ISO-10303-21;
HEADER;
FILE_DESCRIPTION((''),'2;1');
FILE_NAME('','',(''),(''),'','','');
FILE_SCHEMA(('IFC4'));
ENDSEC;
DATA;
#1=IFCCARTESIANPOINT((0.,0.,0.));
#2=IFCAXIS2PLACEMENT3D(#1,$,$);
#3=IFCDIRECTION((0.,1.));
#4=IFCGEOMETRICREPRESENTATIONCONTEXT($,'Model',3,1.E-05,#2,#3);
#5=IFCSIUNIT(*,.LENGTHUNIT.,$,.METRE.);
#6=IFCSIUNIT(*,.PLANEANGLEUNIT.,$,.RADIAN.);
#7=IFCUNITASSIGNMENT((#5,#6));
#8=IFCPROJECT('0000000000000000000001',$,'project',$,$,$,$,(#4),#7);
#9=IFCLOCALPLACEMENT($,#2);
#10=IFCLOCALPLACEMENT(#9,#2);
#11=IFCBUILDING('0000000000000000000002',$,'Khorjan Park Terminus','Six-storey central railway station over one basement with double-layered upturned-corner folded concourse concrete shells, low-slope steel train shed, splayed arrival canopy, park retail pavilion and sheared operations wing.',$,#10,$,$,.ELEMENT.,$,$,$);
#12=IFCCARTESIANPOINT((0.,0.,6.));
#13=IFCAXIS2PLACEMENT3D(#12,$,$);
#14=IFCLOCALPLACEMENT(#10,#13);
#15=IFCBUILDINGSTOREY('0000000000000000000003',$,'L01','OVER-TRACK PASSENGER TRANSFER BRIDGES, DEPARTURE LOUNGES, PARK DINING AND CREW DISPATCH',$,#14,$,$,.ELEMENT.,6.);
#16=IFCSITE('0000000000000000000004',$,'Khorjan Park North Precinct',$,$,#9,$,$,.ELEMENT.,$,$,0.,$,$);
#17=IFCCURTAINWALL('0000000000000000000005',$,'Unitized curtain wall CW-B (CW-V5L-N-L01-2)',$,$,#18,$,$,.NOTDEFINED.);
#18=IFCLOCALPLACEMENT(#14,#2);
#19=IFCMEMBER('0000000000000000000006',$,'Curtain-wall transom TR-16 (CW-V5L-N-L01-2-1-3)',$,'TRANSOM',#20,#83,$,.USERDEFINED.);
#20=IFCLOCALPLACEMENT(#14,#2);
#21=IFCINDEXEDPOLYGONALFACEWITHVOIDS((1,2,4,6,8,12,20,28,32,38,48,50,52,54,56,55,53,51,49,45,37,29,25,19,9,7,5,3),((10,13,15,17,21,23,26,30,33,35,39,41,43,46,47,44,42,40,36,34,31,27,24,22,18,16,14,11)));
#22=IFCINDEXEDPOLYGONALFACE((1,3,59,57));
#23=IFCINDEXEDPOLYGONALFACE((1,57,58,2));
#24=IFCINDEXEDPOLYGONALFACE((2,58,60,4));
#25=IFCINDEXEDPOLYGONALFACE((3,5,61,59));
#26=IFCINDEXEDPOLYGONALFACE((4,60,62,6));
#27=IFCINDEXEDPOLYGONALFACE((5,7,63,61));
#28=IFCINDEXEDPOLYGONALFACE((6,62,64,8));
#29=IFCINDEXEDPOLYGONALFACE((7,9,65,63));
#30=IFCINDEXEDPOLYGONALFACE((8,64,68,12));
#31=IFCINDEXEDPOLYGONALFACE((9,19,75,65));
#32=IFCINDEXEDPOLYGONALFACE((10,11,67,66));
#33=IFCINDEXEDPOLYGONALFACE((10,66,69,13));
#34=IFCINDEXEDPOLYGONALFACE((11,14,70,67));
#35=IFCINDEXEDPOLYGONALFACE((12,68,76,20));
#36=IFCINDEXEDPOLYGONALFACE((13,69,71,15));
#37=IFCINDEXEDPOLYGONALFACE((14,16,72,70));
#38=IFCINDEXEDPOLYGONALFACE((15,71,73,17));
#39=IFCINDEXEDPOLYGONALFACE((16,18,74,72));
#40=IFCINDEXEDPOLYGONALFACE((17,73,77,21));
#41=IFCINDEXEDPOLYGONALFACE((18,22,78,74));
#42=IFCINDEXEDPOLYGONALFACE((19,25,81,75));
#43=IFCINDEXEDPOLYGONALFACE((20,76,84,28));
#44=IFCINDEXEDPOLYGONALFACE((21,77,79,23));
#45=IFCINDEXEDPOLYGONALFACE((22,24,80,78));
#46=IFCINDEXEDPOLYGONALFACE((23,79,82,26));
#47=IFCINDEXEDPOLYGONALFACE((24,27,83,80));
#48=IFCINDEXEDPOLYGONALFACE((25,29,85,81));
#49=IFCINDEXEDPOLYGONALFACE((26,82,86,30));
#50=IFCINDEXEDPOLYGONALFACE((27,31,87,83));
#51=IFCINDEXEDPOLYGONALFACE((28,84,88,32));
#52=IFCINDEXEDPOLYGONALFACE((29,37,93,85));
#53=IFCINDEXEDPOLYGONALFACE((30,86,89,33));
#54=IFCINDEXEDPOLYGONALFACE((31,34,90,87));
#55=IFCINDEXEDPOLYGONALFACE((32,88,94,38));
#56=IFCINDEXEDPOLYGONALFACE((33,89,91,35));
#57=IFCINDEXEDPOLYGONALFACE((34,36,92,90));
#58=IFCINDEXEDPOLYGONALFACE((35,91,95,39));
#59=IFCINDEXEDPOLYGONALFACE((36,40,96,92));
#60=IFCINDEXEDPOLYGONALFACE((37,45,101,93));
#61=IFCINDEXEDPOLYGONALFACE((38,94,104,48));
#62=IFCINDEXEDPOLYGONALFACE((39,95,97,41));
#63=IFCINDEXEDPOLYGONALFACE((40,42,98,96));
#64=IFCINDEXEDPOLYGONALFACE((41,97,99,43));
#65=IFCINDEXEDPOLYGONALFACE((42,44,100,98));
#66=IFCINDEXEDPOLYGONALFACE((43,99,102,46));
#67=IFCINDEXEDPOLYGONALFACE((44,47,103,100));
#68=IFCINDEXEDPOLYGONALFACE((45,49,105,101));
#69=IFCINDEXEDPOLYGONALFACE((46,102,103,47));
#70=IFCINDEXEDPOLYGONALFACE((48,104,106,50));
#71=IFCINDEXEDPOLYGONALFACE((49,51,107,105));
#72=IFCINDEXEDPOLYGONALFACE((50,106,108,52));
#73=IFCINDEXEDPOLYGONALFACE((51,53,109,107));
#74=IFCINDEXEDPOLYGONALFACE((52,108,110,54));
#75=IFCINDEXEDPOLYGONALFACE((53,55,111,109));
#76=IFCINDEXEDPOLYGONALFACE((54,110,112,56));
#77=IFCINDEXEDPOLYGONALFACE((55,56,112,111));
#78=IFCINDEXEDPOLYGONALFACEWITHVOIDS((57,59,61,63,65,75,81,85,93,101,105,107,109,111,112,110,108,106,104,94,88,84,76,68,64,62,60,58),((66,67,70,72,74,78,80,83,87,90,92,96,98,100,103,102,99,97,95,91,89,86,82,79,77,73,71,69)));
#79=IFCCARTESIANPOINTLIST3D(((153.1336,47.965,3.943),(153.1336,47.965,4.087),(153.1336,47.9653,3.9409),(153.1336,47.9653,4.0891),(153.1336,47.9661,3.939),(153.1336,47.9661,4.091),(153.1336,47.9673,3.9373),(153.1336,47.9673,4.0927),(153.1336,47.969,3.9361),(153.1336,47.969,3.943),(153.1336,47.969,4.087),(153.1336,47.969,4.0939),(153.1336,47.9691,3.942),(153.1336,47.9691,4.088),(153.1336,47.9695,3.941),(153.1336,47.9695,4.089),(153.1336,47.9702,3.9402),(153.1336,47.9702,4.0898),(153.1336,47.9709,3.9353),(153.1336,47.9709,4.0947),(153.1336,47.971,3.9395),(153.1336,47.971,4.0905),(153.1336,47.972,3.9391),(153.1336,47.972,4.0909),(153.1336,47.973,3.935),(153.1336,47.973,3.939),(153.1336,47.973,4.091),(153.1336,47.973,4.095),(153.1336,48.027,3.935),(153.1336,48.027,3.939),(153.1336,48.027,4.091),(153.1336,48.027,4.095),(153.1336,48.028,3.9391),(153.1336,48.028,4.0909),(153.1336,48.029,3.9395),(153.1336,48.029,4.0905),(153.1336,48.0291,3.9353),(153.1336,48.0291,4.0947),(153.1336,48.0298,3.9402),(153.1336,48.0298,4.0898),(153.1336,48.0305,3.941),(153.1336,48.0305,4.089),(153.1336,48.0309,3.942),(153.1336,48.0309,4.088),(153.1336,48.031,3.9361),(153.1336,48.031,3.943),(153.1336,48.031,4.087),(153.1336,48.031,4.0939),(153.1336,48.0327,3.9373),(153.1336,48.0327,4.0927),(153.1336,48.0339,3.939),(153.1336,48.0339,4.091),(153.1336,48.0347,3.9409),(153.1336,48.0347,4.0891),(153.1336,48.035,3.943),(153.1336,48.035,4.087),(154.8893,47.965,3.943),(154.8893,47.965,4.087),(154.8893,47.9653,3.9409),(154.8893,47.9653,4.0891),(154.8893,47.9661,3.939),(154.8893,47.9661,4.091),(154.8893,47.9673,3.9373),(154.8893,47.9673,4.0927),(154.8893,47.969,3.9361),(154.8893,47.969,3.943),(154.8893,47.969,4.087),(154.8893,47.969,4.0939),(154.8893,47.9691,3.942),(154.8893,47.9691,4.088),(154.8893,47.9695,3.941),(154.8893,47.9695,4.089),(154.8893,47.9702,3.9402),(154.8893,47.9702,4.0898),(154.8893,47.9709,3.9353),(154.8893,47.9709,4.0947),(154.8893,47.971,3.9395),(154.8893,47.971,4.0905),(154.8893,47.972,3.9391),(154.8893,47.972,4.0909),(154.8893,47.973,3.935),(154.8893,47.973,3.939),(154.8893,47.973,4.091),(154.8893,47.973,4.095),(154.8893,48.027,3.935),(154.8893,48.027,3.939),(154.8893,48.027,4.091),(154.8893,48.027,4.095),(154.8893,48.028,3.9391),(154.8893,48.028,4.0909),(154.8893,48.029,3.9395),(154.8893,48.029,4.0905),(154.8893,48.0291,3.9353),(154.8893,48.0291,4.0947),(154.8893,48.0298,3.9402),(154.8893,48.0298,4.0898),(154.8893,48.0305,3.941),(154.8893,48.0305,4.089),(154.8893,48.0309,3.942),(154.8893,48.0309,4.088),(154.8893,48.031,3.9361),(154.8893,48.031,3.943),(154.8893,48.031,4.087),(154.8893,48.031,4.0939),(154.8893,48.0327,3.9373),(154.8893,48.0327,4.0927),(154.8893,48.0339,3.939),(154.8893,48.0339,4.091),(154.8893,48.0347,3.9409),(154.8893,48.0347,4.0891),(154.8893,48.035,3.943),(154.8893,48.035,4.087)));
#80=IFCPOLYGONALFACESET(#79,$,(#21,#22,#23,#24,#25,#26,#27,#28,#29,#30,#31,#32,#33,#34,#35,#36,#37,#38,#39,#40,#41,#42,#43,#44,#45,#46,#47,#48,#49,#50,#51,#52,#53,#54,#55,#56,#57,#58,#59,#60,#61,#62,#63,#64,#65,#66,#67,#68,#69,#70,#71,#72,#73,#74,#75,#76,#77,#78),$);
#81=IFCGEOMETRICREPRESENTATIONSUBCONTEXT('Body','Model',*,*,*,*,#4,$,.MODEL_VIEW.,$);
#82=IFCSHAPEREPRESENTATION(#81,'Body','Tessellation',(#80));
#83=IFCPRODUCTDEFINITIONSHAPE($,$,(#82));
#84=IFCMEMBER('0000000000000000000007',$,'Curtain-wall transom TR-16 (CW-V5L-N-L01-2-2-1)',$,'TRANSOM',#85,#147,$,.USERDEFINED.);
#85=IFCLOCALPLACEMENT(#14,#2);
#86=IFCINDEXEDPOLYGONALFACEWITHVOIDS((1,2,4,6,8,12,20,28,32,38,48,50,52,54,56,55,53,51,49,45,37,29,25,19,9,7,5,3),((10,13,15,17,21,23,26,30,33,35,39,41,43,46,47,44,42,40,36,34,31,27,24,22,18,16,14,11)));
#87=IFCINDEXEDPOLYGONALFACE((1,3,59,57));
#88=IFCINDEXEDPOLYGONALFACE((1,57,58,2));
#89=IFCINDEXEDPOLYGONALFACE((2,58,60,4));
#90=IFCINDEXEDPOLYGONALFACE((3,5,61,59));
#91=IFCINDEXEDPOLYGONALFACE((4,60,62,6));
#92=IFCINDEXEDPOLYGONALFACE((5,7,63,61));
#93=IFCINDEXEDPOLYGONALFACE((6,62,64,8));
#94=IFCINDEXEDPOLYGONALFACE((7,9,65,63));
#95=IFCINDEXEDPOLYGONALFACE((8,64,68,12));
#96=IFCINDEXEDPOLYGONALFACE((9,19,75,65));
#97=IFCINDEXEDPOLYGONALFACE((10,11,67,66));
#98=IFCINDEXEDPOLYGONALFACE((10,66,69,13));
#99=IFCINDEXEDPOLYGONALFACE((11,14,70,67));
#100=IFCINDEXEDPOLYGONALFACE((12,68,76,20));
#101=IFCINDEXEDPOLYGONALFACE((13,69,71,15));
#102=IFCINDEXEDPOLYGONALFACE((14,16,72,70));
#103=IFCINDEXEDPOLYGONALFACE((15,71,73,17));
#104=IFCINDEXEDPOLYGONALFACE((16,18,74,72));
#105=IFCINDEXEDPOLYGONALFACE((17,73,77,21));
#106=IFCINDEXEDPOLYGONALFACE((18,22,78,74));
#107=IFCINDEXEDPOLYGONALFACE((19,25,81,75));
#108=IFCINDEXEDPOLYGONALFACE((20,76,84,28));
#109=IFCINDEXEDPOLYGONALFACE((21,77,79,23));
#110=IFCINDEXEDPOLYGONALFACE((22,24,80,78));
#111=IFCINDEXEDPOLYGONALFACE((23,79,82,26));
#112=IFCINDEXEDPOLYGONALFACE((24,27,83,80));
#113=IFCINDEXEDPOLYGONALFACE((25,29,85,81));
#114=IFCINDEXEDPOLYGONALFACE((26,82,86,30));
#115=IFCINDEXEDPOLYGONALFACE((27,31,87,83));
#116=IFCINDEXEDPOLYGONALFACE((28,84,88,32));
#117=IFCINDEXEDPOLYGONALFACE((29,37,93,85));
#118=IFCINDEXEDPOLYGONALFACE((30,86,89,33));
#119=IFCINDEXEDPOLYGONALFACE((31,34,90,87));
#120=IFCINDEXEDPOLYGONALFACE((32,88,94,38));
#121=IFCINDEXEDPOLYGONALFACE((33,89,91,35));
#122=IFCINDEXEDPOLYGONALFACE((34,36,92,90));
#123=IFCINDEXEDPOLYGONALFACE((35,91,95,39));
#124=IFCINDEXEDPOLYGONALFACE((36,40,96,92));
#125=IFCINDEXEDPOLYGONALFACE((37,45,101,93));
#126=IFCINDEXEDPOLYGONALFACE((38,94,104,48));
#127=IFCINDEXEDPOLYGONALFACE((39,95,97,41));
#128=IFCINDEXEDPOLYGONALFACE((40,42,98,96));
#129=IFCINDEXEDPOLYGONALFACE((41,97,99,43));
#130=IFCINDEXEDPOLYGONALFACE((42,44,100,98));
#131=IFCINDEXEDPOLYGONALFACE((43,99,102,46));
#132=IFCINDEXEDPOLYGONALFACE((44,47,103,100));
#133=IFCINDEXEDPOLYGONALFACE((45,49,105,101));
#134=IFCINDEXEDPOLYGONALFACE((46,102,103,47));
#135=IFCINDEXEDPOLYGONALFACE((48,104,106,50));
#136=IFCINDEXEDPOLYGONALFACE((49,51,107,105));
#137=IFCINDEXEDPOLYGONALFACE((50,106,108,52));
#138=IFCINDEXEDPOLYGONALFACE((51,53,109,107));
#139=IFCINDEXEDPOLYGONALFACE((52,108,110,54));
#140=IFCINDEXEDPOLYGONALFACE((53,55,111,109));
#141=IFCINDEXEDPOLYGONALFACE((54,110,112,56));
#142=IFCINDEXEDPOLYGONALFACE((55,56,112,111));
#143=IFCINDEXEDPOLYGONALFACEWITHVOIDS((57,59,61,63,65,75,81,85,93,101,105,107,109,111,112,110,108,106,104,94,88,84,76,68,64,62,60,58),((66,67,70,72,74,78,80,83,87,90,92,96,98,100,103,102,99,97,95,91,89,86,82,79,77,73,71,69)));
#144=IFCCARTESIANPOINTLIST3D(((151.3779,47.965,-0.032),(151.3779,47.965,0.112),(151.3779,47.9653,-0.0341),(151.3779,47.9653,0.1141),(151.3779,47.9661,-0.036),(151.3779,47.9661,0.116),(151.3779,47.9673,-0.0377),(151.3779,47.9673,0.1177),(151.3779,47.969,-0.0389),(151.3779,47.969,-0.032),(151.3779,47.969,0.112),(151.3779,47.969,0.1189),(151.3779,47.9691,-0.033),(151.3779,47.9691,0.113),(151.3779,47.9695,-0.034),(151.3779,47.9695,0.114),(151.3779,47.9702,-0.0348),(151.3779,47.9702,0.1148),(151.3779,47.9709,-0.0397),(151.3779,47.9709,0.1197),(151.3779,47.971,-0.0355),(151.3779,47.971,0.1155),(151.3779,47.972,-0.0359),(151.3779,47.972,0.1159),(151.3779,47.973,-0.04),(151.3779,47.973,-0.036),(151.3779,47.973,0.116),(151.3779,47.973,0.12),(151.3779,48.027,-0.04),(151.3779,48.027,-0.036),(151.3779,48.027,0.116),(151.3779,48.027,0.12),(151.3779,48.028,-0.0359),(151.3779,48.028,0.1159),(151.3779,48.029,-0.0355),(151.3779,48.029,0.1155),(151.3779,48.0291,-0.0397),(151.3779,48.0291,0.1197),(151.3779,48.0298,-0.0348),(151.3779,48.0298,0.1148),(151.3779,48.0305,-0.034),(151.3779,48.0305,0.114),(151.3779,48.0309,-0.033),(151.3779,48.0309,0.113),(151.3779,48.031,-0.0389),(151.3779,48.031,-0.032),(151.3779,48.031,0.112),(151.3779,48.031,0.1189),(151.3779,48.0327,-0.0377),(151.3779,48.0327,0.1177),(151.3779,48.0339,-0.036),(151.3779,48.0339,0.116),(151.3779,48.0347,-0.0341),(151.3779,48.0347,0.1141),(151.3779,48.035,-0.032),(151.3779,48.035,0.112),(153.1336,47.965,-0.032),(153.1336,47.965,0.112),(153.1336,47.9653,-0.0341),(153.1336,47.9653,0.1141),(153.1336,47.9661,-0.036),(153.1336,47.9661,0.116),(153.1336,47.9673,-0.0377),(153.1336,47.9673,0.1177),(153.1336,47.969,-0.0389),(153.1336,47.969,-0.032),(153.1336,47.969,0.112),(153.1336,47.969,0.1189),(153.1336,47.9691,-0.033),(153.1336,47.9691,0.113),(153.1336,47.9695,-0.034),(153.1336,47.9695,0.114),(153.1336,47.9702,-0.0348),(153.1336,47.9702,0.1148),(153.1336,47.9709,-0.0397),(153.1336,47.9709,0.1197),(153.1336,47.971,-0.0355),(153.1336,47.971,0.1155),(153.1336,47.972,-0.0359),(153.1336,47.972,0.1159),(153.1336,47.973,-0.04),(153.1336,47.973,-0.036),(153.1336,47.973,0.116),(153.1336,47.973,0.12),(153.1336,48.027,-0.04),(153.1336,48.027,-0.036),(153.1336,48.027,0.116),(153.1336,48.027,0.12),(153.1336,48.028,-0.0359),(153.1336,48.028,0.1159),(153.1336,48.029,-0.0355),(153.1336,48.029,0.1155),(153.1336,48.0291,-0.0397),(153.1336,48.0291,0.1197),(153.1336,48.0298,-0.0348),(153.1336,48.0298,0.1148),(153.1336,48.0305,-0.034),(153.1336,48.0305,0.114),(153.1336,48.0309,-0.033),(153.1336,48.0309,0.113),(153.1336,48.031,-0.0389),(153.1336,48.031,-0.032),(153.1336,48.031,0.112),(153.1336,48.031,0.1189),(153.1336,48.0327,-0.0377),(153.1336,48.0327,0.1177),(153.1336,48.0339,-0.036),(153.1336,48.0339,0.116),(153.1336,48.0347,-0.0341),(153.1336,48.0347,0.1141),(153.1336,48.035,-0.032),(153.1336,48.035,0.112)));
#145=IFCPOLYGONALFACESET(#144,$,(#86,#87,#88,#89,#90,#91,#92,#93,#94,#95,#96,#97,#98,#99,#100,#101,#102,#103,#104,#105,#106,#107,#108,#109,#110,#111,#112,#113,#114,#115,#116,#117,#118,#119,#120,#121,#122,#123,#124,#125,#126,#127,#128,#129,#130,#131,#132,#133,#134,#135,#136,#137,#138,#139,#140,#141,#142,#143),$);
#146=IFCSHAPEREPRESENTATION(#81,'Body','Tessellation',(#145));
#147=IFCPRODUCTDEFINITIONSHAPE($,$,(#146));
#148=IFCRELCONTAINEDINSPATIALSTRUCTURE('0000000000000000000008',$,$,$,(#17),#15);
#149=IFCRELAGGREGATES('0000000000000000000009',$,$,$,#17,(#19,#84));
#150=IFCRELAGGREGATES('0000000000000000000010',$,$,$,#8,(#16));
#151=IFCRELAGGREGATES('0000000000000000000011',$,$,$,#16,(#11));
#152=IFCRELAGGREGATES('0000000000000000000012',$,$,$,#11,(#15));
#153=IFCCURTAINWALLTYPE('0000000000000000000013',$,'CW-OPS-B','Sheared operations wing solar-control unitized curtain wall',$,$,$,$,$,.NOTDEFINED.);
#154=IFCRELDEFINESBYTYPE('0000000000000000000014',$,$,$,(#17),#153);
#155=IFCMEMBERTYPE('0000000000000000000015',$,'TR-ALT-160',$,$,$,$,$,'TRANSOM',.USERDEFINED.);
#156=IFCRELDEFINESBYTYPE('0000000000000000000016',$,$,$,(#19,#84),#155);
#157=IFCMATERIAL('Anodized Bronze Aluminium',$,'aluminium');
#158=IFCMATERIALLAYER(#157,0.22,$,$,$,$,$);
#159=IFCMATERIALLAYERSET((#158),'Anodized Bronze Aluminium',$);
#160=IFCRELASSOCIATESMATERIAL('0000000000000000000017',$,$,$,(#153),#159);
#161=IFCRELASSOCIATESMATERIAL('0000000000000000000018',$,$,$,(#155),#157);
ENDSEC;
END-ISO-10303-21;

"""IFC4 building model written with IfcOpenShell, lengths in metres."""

from ifc_helpers import new_model, si_unit, direction, frame, origin, origin_2d, place, context, subcontext, project, spatial, hollow_rectangle, extrude, material, layer, layer_set, material_profile, profile_set, type_object, element, aggregate, save


model = new_model("IFC4")

# Units and contexts
model_context = context("Model", 3, precision=1e-05, world=origin(), true_north=direction((0.0, 1.0)))
body_context = subcontext(model_context, "Body", "Model", "MODEL_VIEW")
ifc_project = project(units=[si_unit("LENGTHUNIT", "METRE"), si_unit("PLANEANGLEUNIT", "RADIAN")], contexts=[model_context])

# Site, building, storey
site_placement = place(None, origin())
site = spatial("IfcSite", under=ifc_project, at=site_placement, Name="Khorjan Park North Precinct", CompositionType="ELEMENT", RefElevation=0.0)
building_placement = place(site_placement, origin())
building = spatial("IfcBuilding", under=site, at=building_placement, Name="Khorjan Park Terminus", Description="Six-storey central railway station over one basement with double-layered upturned-corner folded concourse concrete shells, low-slope steel train shed, splayed arrival canopy, park retail pavilion and sheared operations wing.", CompositionType="ELEMENT")
storey_placement = place(building_placement, frame((0.0, 0.0, 6.0)))
storey = spatial("IfcBuildingStorey", under=building, at=storey_placement, Name="L01", Description="OVER-TRACK PASSENGER TRANSFER BRIDGES, DEPARTURE LOUNGES, PARK DINING AND CREW DISPATCH", CompositionType="ELEMENT", Elevation=6.0)

# Curtain wall, members
ifc_material_1 = material(Name="Anodized Bronze Aluminium", Category="aluminium")
ifc_layer_1 = layer(ifc_material_1, 0.22)
ifc_layer_set_1 = layer_set([ifc_layer_1], Name="Anodized Bronze Aluminium")
curtain_wall_type = type_object("IfcCurtainWallType", Name="CW-OPS-B", Description="Sheared operations wing solar-control unitized curtain wall", PredefinedType="NOTDEFINED", material=ifc_layer_set_1)
curtain_wall_placement = place(storey_placement, origin())
curtain_wall = element("IfcCurtainWall", 1, at=curtain_wall_placement, inside=storey, type_object=curtain_wall_type, Name="Unitized curtain wall CW-B (CW-V5L-N-L01-2)", PredefinedType="NOTDEFINED")
ifc_material_profile_1 = material_profile(ifc_material_1, hollow_rectangle(XDim=0.07, YDim=0.16, WallThickness=0.004, InnerFilletRadius=0.004, OuterFilletRadius=0.008, at=origin_2d()), Name="ALT 70x160x4")
ifc_profile_set_1 = profile_set([ifc_material_profile_1], Name="Anodized Bronze Aluminium")
member_type_1 = type_object("IfcMemberType", Name="TR-ALT-160", ElementType="TRANSOM", PredefinedType="USERDEFINED", material=ifc_profile_set_1)
member_1_placement = place(storey_placement, frame((154.8893, 48.0, 4.015), z_axis=(-1.0, 0.0, 0.0), x_axis=(0.0, -1.0, 0.0)))
member_1 = element("IfcMember", 2, at=member_1_placement, type_object=member_type_1, Name="Curtain-wall transom TR-16 (CW-V5L-N-L01-2-1-3)", ObjectType="TRANSOM", PredefinedType="USERDEFINED", context=body_context, shape_type="SweptSolid", body=[
    extrude(hollow_rectangle(XDim=0.07, YDim=0.16, WallThickness=0.004, InnerFilletRadius=0.004, OuterFilletRadius=0.008, at=origin_2d()), origin(), (0.0, 0.0, 1.0), 1.7557),
])
member_2_placement = place(storey_placement, frame((153.1336, 48.0, 0.04), z_axis=(-1.0, 0.0, 0.0), x_axis=(0.0, -1.0, 0.0)))
member_2 = element("IfcMember", 3, at=member_2_placement, type_object=member_type_1, Name="Curtain-wall transom TR-16 (CW-V5L-N-L01-2-2-1)", ObjectType="TRANSOM", PredefinedType="USERDEFINED", context=body_context, shape_type="SweptSolid", body=[
    extrude(hollow_rectangle(XDim=0.07, YDim=0.16, WallThickness=0.004, InnerFilletRadius=0.004, OuterFilletRadius=0.008, at=origin_2d()), origin(), (0.0, 0.0, 1.0), 1.7557),
])
aggregate(curtain_wall, [member_1, member_2])

save(model, "model.ifc")
